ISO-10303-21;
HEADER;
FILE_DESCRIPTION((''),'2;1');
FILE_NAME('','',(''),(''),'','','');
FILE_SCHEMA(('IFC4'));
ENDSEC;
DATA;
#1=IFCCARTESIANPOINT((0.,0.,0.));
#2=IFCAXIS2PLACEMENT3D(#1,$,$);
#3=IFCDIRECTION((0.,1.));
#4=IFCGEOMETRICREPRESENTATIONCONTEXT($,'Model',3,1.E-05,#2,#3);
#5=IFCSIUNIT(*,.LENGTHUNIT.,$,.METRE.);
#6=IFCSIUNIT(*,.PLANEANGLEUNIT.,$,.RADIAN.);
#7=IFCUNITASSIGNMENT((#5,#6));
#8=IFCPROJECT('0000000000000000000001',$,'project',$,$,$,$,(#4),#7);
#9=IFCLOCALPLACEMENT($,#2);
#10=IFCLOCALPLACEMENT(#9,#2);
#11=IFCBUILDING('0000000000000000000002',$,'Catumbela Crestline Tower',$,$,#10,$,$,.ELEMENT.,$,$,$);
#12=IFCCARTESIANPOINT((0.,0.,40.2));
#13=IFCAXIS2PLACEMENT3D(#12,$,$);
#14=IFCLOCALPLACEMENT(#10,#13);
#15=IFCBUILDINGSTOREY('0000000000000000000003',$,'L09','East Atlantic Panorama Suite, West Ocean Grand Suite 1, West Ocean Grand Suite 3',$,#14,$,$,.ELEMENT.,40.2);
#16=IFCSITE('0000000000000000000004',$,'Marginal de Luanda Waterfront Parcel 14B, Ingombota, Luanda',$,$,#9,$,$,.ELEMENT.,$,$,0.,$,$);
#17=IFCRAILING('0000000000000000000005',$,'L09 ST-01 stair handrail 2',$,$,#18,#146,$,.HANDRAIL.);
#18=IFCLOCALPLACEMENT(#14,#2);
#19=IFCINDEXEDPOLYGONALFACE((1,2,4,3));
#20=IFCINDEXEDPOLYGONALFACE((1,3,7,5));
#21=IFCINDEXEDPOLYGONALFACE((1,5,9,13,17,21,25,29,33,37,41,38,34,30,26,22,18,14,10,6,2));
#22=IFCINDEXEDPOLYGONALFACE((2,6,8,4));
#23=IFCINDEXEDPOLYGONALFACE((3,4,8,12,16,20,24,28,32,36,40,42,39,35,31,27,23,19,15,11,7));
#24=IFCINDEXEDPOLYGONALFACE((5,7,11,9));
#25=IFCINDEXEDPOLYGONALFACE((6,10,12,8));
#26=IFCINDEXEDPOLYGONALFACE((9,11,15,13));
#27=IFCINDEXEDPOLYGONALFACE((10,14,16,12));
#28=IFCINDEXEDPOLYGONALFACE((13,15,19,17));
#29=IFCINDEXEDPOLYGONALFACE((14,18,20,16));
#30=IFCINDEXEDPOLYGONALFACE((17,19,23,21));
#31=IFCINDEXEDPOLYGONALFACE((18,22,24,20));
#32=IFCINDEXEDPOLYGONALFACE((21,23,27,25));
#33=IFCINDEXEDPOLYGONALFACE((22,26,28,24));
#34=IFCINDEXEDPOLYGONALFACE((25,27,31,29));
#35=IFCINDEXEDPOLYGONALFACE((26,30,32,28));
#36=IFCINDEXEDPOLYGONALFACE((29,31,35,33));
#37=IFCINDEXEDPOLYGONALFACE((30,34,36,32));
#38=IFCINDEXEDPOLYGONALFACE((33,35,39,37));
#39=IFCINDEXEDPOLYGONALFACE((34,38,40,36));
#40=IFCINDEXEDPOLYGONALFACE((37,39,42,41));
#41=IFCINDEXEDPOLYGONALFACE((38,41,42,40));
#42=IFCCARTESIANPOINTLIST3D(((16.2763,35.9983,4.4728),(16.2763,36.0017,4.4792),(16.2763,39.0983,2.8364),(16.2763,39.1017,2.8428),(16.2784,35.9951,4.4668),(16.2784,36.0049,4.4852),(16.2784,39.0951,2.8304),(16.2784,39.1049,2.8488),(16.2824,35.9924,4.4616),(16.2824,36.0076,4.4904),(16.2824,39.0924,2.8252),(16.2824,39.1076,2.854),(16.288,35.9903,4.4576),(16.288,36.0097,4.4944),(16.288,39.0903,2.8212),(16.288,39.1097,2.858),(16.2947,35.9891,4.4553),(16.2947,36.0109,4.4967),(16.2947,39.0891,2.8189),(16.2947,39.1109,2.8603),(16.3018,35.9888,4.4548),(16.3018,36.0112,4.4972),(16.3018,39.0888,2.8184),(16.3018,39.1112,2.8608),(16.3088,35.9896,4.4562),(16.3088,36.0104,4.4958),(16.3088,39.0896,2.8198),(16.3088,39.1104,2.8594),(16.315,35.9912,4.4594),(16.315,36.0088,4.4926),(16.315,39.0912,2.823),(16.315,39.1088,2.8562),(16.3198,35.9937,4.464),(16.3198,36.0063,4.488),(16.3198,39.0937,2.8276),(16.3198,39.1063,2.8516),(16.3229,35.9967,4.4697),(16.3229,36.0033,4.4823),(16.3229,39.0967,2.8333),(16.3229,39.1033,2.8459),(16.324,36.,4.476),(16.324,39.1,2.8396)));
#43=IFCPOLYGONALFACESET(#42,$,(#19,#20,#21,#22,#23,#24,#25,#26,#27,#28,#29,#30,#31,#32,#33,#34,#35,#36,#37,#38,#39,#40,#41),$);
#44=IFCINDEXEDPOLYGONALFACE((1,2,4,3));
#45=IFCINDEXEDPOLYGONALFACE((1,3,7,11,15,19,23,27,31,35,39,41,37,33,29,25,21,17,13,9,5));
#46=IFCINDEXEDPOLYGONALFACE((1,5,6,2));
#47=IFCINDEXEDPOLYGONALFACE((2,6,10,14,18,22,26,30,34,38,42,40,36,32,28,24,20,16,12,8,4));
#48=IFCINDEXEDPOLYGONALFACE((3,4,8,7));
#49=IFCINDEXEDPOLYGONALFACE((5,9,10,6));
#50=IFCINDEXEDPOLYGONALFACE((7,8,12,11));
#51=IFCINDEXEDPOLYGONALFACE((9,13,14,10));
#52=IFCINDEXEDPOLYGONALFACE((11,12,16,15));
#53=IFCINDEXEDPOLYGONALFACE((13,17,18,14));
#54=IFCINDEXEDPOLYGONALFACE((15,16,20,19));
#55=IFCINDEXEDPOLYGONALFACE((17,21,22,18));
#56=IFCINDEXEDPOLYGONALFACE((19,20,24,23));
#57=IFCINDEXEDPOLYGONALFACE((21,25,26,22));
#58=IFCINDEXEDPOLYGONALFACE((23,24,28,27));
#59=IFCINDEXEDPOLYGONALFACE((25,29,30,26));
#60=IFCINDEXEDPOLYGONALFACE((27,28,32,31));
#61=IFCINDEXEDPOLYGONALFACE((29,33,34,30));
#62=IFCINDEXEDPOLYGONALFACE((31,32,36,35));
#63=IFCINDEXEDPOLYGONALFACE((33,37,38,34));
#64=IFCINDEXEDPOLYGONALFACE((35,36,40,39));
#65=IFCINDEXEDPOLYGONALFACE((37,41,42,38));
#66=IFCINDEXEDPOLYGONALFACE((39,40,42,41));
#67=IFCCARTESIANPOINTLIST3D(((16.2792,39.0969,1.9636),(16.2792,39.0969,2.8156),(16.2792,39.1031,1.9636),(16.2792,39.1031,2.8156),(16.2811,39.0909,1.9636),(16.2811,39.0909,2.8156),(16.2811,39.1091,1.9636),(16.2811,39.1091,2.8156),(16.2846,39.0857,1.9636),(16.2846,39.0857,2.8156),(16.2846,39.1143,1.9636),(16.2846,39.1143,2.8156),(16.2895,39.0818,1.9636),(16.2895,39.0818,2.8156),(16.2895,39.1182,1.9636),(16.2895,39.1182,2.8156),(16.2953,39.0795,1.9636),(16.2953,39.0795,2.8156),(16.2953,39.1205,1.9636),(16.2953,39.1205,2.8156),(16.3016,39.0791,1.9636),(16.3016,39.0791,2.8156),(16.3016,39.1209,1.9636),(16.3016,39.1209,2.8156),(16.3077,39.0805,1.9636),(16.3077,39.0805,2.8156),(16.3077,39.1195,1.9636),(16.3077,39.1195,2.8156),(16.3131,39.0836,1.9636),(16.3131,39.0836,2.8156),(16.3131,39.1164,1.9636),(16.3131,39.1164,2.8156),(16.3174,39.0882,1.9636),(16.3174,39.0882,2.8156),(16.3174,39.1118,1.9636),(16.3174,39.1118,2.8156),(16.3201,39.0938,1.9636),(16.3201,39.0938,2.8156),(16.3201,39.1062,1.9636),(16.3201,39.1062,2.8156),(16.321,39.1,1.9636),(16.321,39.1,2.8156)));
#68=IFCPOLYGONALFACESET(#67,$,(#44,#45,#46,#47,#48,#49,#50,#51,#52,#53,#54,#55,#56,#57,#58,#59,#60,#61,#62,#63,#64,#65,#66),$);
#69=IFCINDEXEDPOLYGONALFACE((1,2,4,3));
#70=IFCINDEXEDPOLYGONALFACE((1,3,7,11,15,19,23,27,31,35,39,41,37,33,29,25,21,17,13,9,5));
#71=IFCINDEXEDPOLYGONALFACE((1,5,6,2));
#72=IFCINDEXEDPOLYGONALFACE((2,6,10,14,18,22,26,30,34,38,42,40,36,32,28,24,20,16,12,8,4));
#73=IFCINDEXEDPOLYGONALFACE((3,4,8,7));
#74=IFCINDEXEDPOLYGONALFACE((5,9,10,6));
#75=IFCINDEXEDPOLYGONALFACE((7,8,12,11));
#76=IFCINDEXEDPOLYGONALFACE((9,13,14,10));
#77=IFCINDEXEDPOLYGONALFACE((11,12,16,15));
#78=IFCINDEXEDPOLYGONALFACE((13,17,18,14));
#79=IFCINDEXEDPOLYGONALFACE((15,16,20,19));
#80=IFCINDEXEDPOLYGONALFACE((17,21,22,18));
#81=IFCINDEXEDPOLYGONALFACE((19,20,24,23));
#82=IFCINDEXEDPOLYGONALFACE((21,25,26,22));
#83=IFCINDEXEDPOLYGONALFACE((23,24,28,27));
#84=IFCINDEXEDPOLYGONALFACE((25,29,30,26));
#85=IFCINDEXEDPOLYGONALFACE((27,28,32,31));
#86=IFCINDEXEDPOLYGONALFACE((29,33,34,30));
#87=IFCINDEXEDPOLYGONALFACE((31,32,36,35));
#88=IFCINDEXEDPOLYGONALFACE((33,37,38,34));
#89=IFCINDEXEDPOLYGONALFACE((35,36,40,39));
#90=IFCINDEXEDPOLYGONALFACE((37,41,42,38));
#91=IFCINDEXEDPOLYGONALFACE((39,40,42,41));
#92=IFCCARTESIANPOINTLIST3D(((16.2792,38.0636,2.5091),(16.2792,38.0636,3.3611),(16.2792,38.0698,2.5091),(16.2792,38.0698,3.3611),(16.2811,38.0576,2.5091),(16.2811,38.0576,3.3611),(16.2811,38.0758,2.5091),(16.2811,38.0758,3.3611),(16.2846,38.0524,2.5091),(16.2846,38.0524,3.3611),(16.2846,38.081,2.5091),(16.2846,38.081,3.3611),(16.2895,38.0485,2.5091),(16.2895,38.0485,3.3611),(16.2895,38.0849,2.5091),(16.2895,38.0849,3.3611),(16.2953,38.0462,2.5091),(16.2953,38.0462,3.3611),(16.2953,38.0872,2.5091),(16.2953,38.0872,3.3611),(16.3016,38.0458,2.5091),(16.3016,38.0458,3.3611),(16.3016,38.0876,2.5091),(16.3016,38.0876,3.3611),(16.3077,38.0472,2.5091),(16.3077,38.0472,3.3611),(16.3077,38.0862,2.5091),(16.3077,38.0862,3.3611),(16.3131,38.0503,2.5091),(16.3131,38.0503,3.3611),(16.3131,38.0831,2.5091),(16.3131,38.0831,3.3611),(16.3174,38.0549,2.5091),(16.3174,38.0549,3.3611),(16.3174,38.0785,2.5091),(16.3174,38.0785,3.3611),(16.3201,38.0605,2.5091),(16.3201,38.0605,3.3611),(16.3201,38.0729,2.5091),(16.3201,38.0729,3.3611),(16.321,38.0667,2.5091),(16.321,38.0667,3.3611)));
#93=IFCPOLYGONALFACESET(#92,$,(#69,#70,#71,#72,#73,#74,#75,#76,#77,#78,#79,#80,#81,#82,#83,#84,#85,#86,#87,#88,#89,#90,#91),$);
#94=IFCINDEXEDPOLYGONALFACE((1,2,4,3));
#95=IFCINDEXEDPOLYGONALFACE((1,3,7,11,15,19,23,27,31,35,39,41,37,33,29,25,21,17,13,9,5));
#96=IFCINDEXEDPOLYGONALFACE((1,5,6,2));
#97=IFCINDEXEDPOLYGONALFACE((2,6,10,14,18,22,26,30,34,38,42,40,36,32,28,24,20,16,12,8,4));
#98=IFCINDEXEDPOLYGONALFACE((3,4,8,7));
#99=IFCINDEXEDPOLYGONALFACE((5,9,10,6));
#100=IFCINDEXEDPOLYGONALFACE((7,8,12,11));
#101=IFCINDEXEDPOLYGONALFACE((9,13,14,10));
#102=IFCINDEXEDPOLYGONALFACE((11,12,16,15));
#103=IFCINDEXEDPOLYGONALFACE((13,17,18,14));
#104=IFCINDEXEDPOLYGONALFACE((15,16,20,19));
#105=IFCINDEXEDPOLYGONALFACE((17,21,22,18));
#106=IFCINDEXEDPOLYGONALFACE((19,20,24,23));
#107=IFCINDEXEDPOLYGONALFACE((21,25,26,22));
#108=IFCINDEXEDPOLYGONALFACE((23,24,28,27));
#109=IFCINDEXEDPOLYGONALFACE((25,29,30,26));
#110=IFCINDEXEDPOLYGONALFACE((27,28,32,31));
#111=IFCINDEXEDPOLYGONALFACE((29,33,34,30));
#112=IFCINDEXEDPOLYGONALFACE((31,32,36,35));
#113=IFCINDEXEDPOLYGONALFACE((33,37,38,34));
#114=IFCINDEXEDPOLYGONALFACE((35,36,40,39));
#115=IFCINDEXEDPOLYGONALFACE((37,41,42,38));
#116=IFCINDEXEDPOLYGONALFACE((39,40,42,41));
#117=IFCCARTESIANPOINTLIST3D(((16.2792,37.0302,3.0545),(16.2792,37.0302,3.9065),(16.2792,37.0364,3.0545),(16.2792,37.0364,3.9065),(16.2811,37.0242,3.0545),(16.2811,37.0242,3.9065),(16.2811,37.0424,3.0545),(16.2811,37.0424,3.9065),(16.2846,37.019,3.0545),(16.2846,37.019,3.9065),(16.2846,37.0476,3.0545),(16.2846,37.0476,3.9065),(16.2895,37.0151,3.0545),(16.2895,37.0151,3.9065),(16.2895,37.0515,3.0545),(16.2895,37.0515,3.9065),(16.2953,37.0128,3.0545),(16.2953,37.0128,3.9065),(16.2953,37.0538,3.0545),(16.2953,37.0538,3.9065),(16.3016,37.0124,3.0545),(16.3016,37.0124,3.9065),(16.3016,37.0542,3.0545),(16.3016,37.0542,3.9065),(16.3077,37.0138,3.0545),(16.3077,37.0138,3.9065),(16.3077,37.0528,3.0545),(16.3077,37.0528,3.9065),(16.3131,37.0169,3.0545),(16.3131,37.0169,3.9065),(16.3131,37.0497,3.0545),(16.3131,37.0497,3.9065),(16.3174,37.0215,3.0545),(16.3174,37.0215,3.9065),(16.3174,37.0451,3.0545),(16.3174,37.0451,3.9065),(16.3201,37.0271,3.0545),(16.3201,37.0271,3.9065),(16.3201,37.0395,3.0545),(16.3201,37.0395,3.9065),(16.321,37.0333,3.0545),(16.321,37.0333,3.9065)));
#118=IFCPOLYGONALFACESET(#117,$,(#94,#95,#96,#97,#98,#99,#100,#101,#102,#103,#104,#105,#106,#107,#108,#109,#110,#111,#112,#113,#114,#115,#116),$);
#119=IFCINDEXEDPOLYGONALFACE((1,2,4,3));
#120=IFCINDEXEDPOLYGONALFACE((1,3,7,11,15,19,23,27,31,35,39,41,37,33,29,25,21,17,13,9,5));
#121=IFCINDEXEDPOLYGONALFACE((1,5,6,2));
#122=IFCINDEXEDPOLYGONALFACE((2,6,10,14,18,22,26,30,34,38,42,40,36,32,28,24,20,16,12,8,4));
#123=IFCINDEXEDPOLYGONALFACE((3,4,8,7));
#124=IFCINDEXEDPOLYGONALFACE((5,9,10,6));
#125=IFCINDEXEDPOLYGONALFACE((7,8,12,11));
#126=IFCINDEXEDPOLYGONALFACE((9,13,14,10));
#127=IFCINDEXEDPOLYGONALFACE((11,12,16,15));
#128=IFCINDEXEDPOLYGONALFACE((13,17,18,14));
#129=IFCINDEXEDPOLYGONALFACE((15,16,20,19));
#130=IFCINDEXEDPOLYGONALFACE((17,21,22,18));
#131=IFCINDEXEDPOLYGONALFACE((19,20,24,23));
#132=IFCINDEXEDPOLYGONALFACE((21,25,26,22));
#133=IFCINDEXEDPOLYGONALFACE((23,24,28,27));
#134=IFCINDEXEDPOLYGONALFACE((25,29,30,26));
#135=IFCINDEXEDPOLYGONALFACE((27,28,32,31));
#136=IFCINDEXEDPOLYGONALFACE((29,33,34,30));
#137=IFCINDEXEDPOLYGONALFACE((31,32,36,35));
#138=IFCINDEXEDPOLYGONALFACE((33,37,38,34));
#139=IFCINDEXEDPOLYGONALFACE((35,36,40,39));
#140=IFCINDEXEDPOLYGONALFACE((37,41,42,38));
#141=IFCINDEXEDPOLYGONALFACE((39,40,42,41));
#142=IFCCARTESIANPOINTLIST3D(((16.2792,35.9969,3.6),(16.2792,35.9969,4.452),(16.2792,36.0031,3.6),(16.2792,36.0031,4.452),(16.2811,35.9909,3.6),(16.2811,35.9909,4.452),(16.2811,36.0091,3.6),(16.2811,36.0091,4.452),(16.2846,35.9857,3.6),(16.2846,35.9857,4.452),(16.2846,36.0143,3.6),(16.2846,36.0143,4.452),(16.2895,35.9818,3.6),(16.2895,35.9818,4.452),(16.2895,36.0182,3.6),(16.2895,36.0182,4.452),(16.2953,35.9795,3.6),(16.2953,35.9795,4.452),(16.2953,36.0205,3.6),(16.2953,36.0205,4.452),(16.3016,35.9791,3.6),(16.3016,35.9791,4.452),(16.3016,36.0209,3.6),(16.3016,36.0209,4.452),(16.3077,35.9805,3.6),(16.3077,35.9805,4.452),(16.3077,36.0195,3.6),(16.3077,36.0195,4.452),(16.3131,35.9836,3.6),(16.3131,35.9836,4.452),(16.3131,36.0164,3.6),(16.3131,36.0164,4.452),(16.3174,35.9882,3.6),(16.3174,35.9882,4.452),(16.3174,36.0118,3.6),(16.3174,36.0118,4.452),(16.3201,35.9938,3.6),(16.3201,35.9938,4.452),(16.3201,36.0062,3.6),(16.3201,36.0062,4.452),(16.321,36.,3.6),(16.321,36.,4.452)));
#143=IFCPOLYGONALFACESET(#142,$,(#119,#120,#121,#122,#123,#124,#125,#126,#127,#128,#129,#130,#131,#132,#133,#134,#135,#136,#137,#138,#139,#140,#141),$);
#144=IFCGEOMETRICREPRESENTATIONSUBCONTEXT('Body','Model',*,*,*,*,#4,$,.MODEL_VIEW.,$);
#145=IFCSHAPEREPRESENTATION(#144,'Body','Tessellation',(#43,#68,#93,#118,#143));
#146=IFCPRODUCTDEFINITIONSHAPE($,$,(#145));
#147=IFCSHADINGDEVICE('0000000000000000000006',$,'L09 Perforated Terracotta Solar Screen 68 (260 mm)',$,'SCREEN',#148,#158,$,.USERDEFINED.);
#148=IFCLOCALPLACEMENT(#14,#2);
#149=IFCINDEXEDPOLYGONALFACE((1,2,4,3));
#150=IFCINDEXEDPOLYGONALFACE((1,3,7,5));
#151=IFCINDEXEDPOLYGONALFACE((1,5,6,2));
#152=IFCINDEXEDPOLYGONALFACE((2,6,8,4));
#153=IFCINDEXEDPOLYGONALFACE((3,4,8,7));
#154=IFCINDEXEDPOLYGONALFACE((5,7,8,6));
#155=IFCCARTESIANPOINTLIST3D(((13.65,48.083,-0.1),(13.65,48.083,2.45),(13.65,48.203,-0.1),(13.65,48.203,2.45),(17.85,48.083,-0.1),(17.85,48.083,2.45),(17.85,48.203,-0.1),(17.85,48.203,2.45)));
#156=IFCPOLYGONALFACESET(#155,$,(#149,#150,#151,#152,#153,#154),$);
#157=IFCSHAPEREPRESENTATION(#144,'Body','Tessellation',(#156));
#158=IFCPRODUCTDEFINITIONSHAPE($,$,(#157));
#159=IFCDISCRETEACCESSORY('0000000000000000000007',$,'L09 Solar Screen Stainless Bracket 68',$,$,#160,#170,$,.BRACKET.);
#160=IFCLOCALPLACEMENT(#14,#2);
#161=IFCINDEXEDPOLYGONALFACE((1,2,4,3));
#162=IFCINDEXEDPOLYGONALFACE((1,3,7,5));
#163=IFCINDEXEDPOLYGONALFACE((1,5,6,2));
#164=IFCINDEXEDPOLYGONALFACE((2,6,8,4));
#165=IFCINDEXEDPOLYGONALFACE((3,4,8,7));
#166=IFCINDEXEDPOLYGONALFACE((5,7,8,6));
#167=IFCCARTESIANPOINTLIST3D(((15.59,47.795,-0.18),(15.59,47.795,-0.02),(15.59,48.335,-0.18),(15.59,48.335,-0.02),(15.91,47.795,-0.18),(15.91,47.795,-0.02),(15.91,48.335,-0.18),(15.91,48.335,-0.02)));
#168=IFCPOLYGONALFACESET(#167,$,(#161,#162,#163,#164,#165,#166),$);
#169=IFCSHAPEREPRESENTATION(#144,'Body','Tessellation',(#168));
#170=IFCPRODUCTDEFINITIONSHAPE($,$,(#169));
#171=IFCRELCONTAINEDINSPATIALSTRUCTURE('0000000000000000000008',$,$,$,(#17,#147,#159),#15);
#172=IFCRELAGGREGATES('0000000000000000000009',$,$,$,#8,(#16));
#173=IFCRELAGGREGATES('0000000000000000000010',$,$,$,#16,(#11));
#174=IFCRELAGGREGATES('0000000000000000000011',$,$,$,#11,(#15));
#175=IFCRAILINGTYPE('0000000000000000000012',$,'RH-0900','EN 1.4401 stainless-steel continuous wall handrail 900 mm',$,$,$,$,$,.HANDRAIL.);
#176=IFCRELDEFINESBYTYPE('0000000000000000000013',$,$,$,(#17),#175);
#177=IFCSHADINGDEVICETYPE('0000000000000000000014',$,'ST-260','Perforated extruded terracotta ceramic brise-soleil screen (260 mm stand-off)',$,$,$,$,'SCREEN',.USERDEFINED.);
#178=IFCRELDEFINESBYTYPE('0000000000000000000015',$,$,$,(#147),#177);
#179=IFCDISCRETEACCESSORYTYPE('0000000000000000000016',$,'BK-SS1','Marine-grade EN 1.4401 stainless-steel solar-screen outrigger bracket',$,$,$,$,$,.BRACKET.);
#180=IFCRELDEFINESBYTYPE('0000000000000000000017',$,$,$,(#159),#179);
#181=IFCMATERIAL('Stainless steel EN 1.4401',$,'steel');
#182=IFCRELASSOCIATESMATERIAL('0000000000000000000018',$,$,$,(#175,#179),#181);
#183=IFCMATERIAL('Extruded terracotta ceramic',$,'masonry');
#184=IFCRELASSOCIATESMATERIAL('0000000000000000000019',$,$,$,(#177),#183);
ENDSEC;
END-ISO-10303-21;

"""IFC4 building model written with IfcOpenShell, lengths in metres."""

from ifc_helpers import new_model, si_unit, direction, frame, origin, origin_2d, place, context, subcontext, project, spatial, rectangle, circle, extrude, material, type_object, element, save


model = new_model("IFC4")

# Units and contexts
model_context = context("Model", 3, precision=1e-05, world=origin(), true_north=direction((0.0, 1.0)))
body_context = subcontext(model_context, "Body", "Model", "MODEL_VIEW")
ifc_project = project(units=[si_unit("LENGTHUNIT", "METRE"), si_unit("PLANEANGLEUNIT", "RADIAN")], contexts=[model_context])

# Site, building, storey
site_placement = place(None, origin())
site = spatial("IfcSite", under=ifc_project, at=site_placement, Name="Marginal de Luanda Waterfront Parcel 14B, Ingombota, Luanda", CompositionType="ELEMENT", RefElevation=0.0)
building_placement = place(site_placement, origin())
building = spatial("IfcBuilding", under=site, at=building_placement, Name="Catumbela Crestline Tower", CompositionType="ELEMENT")
storey_placement = place(building_placement, frame((0.0, 0.0, 40.2)))
storey = spatial("IfcBuildingStorey", under=building, at=storey_placement, Name="L09", Description="East Atlantic Panorama Suite, West Ocean Grand Suite 1, West Ocean Grand Suite 3", CompositionType="ELEMENT", Elevation=40.2)

# Shared definitions
ifc_material_1 = material(Name="Stainless steel EN 1.4401", Category="steel")

# Railing
railing_type_1 = type_object("IfcRailingType", Name="RH-0900", Description="EN 1.4401 stainless-steel continuous wall handrail 900 mm", PredefinedType="HANDRAIL", material=ifc_material_1)
railing_1_placement = place(storey_placement, frame((16.3, 39.1, 1.9636)))
element("IfcRailing", 1, at=railing_1_placement, inside=storey, type_object=railing_type_1, Name="L09 ST-01 stair handrail 2", PredefinedType="HANDRAIL", context=body_context, shape_type="SweptSolid", body=[
    extrude(circle(Radius=0.024, at=origin_2d()), frame((0.0, 0.0, 0.876), z_axis=(0.0, -0.884351, 0.466823), x_axis=(1.0, 0.0, 0.0)), (0.0, 0.0, 1.0), 3.5054),
    extrude(circle(Radius=0.021, at=origin_2d()), origin(), (0.0, 0.0, 1.0), 0.852),
    extrude(circle(Radius=0.021, at=origin_2d()), frame((0.0, -1.0333, 0.5455)), (0.0, 0.0, 1.0), 0.852),
    extrude(circle(Radius=0.021, at=origin_2d()), frame((0.0, -2.0667, 1.0909)), (0.0, 0.0, 1.0), 0.852),
    extrude(circle(Radius=0.021, at=origin_2d()), frame((0.0, -3.1, 1.6364)), (0.0, 0.0, 1.0), 0.852),
])

# Shading device
ifc_material_2 = material(Name="Extruded terracotta ceramic", Category="masonry")
shading_device_type = type_object("IfcShadingDeviceType", Name="ST-260", Description="Perforated extruded terracotta ceramic brise-soleil screen (260 mm stand-off)", ElementType="SCREEN", PredefinedType="USERDEFINED", material=ifc_material_2)
shading_device_placement = place(storey_placement, frame((15.75, 48.143, -0.1), z_axis=(0.0, 0.0, 1.0), x_axis=(-1.0, 0.0, 0.0)))
element("IfcShadingDevice", 2, at=shading_device_placement, inside=storey, type_object=shading_device_type, Name="L09 Perforated Terracotta Solar Screen 68 (260 mm)", ObjectType="SCREEN", PredefinedType="USERDEFINED", context=body_context, shape_type="SweptSolid", body=[
    extrude(rectangle(XDim=4.2, YDim=0.12, at=origin_2d()), origin(), (0.0, 0.0, 1.0), 2.55),
])

# Discrete accessory
discrete_accessory_type = type_object("IfcDiscreteAccessoryType", Name="BK-SS1", Description="Marine-grade EN 1.4401 stainless-steel solar-screen outrigger bracket", PredefinedType="BRACKET", material=ifc_material_1)
discrete_accessory_placement = place(storey_placement, frame((15.75, 48.065, -0.18), z_axis=(0.0, 0.0, 1.0), x_axis=(-1.0, 0.0, 0.0)))
element("IfcDiscreteAccessory", 3, at=discrete_accessory_placement, inside=storey, type_object=discrete_accessory_type, Name="L09 Solar Screen Stainless Bracket 68", PredefinedType="BRACKET", context=body_context, shape_type="SweptSolid", body=[
    extrude(rectangle(XDim=0.32, YDim=0.54, at=origin_2d()), origin(), (0.0, 0.0, 1.0), 0.16),
])

save(model, "model.ifc")
